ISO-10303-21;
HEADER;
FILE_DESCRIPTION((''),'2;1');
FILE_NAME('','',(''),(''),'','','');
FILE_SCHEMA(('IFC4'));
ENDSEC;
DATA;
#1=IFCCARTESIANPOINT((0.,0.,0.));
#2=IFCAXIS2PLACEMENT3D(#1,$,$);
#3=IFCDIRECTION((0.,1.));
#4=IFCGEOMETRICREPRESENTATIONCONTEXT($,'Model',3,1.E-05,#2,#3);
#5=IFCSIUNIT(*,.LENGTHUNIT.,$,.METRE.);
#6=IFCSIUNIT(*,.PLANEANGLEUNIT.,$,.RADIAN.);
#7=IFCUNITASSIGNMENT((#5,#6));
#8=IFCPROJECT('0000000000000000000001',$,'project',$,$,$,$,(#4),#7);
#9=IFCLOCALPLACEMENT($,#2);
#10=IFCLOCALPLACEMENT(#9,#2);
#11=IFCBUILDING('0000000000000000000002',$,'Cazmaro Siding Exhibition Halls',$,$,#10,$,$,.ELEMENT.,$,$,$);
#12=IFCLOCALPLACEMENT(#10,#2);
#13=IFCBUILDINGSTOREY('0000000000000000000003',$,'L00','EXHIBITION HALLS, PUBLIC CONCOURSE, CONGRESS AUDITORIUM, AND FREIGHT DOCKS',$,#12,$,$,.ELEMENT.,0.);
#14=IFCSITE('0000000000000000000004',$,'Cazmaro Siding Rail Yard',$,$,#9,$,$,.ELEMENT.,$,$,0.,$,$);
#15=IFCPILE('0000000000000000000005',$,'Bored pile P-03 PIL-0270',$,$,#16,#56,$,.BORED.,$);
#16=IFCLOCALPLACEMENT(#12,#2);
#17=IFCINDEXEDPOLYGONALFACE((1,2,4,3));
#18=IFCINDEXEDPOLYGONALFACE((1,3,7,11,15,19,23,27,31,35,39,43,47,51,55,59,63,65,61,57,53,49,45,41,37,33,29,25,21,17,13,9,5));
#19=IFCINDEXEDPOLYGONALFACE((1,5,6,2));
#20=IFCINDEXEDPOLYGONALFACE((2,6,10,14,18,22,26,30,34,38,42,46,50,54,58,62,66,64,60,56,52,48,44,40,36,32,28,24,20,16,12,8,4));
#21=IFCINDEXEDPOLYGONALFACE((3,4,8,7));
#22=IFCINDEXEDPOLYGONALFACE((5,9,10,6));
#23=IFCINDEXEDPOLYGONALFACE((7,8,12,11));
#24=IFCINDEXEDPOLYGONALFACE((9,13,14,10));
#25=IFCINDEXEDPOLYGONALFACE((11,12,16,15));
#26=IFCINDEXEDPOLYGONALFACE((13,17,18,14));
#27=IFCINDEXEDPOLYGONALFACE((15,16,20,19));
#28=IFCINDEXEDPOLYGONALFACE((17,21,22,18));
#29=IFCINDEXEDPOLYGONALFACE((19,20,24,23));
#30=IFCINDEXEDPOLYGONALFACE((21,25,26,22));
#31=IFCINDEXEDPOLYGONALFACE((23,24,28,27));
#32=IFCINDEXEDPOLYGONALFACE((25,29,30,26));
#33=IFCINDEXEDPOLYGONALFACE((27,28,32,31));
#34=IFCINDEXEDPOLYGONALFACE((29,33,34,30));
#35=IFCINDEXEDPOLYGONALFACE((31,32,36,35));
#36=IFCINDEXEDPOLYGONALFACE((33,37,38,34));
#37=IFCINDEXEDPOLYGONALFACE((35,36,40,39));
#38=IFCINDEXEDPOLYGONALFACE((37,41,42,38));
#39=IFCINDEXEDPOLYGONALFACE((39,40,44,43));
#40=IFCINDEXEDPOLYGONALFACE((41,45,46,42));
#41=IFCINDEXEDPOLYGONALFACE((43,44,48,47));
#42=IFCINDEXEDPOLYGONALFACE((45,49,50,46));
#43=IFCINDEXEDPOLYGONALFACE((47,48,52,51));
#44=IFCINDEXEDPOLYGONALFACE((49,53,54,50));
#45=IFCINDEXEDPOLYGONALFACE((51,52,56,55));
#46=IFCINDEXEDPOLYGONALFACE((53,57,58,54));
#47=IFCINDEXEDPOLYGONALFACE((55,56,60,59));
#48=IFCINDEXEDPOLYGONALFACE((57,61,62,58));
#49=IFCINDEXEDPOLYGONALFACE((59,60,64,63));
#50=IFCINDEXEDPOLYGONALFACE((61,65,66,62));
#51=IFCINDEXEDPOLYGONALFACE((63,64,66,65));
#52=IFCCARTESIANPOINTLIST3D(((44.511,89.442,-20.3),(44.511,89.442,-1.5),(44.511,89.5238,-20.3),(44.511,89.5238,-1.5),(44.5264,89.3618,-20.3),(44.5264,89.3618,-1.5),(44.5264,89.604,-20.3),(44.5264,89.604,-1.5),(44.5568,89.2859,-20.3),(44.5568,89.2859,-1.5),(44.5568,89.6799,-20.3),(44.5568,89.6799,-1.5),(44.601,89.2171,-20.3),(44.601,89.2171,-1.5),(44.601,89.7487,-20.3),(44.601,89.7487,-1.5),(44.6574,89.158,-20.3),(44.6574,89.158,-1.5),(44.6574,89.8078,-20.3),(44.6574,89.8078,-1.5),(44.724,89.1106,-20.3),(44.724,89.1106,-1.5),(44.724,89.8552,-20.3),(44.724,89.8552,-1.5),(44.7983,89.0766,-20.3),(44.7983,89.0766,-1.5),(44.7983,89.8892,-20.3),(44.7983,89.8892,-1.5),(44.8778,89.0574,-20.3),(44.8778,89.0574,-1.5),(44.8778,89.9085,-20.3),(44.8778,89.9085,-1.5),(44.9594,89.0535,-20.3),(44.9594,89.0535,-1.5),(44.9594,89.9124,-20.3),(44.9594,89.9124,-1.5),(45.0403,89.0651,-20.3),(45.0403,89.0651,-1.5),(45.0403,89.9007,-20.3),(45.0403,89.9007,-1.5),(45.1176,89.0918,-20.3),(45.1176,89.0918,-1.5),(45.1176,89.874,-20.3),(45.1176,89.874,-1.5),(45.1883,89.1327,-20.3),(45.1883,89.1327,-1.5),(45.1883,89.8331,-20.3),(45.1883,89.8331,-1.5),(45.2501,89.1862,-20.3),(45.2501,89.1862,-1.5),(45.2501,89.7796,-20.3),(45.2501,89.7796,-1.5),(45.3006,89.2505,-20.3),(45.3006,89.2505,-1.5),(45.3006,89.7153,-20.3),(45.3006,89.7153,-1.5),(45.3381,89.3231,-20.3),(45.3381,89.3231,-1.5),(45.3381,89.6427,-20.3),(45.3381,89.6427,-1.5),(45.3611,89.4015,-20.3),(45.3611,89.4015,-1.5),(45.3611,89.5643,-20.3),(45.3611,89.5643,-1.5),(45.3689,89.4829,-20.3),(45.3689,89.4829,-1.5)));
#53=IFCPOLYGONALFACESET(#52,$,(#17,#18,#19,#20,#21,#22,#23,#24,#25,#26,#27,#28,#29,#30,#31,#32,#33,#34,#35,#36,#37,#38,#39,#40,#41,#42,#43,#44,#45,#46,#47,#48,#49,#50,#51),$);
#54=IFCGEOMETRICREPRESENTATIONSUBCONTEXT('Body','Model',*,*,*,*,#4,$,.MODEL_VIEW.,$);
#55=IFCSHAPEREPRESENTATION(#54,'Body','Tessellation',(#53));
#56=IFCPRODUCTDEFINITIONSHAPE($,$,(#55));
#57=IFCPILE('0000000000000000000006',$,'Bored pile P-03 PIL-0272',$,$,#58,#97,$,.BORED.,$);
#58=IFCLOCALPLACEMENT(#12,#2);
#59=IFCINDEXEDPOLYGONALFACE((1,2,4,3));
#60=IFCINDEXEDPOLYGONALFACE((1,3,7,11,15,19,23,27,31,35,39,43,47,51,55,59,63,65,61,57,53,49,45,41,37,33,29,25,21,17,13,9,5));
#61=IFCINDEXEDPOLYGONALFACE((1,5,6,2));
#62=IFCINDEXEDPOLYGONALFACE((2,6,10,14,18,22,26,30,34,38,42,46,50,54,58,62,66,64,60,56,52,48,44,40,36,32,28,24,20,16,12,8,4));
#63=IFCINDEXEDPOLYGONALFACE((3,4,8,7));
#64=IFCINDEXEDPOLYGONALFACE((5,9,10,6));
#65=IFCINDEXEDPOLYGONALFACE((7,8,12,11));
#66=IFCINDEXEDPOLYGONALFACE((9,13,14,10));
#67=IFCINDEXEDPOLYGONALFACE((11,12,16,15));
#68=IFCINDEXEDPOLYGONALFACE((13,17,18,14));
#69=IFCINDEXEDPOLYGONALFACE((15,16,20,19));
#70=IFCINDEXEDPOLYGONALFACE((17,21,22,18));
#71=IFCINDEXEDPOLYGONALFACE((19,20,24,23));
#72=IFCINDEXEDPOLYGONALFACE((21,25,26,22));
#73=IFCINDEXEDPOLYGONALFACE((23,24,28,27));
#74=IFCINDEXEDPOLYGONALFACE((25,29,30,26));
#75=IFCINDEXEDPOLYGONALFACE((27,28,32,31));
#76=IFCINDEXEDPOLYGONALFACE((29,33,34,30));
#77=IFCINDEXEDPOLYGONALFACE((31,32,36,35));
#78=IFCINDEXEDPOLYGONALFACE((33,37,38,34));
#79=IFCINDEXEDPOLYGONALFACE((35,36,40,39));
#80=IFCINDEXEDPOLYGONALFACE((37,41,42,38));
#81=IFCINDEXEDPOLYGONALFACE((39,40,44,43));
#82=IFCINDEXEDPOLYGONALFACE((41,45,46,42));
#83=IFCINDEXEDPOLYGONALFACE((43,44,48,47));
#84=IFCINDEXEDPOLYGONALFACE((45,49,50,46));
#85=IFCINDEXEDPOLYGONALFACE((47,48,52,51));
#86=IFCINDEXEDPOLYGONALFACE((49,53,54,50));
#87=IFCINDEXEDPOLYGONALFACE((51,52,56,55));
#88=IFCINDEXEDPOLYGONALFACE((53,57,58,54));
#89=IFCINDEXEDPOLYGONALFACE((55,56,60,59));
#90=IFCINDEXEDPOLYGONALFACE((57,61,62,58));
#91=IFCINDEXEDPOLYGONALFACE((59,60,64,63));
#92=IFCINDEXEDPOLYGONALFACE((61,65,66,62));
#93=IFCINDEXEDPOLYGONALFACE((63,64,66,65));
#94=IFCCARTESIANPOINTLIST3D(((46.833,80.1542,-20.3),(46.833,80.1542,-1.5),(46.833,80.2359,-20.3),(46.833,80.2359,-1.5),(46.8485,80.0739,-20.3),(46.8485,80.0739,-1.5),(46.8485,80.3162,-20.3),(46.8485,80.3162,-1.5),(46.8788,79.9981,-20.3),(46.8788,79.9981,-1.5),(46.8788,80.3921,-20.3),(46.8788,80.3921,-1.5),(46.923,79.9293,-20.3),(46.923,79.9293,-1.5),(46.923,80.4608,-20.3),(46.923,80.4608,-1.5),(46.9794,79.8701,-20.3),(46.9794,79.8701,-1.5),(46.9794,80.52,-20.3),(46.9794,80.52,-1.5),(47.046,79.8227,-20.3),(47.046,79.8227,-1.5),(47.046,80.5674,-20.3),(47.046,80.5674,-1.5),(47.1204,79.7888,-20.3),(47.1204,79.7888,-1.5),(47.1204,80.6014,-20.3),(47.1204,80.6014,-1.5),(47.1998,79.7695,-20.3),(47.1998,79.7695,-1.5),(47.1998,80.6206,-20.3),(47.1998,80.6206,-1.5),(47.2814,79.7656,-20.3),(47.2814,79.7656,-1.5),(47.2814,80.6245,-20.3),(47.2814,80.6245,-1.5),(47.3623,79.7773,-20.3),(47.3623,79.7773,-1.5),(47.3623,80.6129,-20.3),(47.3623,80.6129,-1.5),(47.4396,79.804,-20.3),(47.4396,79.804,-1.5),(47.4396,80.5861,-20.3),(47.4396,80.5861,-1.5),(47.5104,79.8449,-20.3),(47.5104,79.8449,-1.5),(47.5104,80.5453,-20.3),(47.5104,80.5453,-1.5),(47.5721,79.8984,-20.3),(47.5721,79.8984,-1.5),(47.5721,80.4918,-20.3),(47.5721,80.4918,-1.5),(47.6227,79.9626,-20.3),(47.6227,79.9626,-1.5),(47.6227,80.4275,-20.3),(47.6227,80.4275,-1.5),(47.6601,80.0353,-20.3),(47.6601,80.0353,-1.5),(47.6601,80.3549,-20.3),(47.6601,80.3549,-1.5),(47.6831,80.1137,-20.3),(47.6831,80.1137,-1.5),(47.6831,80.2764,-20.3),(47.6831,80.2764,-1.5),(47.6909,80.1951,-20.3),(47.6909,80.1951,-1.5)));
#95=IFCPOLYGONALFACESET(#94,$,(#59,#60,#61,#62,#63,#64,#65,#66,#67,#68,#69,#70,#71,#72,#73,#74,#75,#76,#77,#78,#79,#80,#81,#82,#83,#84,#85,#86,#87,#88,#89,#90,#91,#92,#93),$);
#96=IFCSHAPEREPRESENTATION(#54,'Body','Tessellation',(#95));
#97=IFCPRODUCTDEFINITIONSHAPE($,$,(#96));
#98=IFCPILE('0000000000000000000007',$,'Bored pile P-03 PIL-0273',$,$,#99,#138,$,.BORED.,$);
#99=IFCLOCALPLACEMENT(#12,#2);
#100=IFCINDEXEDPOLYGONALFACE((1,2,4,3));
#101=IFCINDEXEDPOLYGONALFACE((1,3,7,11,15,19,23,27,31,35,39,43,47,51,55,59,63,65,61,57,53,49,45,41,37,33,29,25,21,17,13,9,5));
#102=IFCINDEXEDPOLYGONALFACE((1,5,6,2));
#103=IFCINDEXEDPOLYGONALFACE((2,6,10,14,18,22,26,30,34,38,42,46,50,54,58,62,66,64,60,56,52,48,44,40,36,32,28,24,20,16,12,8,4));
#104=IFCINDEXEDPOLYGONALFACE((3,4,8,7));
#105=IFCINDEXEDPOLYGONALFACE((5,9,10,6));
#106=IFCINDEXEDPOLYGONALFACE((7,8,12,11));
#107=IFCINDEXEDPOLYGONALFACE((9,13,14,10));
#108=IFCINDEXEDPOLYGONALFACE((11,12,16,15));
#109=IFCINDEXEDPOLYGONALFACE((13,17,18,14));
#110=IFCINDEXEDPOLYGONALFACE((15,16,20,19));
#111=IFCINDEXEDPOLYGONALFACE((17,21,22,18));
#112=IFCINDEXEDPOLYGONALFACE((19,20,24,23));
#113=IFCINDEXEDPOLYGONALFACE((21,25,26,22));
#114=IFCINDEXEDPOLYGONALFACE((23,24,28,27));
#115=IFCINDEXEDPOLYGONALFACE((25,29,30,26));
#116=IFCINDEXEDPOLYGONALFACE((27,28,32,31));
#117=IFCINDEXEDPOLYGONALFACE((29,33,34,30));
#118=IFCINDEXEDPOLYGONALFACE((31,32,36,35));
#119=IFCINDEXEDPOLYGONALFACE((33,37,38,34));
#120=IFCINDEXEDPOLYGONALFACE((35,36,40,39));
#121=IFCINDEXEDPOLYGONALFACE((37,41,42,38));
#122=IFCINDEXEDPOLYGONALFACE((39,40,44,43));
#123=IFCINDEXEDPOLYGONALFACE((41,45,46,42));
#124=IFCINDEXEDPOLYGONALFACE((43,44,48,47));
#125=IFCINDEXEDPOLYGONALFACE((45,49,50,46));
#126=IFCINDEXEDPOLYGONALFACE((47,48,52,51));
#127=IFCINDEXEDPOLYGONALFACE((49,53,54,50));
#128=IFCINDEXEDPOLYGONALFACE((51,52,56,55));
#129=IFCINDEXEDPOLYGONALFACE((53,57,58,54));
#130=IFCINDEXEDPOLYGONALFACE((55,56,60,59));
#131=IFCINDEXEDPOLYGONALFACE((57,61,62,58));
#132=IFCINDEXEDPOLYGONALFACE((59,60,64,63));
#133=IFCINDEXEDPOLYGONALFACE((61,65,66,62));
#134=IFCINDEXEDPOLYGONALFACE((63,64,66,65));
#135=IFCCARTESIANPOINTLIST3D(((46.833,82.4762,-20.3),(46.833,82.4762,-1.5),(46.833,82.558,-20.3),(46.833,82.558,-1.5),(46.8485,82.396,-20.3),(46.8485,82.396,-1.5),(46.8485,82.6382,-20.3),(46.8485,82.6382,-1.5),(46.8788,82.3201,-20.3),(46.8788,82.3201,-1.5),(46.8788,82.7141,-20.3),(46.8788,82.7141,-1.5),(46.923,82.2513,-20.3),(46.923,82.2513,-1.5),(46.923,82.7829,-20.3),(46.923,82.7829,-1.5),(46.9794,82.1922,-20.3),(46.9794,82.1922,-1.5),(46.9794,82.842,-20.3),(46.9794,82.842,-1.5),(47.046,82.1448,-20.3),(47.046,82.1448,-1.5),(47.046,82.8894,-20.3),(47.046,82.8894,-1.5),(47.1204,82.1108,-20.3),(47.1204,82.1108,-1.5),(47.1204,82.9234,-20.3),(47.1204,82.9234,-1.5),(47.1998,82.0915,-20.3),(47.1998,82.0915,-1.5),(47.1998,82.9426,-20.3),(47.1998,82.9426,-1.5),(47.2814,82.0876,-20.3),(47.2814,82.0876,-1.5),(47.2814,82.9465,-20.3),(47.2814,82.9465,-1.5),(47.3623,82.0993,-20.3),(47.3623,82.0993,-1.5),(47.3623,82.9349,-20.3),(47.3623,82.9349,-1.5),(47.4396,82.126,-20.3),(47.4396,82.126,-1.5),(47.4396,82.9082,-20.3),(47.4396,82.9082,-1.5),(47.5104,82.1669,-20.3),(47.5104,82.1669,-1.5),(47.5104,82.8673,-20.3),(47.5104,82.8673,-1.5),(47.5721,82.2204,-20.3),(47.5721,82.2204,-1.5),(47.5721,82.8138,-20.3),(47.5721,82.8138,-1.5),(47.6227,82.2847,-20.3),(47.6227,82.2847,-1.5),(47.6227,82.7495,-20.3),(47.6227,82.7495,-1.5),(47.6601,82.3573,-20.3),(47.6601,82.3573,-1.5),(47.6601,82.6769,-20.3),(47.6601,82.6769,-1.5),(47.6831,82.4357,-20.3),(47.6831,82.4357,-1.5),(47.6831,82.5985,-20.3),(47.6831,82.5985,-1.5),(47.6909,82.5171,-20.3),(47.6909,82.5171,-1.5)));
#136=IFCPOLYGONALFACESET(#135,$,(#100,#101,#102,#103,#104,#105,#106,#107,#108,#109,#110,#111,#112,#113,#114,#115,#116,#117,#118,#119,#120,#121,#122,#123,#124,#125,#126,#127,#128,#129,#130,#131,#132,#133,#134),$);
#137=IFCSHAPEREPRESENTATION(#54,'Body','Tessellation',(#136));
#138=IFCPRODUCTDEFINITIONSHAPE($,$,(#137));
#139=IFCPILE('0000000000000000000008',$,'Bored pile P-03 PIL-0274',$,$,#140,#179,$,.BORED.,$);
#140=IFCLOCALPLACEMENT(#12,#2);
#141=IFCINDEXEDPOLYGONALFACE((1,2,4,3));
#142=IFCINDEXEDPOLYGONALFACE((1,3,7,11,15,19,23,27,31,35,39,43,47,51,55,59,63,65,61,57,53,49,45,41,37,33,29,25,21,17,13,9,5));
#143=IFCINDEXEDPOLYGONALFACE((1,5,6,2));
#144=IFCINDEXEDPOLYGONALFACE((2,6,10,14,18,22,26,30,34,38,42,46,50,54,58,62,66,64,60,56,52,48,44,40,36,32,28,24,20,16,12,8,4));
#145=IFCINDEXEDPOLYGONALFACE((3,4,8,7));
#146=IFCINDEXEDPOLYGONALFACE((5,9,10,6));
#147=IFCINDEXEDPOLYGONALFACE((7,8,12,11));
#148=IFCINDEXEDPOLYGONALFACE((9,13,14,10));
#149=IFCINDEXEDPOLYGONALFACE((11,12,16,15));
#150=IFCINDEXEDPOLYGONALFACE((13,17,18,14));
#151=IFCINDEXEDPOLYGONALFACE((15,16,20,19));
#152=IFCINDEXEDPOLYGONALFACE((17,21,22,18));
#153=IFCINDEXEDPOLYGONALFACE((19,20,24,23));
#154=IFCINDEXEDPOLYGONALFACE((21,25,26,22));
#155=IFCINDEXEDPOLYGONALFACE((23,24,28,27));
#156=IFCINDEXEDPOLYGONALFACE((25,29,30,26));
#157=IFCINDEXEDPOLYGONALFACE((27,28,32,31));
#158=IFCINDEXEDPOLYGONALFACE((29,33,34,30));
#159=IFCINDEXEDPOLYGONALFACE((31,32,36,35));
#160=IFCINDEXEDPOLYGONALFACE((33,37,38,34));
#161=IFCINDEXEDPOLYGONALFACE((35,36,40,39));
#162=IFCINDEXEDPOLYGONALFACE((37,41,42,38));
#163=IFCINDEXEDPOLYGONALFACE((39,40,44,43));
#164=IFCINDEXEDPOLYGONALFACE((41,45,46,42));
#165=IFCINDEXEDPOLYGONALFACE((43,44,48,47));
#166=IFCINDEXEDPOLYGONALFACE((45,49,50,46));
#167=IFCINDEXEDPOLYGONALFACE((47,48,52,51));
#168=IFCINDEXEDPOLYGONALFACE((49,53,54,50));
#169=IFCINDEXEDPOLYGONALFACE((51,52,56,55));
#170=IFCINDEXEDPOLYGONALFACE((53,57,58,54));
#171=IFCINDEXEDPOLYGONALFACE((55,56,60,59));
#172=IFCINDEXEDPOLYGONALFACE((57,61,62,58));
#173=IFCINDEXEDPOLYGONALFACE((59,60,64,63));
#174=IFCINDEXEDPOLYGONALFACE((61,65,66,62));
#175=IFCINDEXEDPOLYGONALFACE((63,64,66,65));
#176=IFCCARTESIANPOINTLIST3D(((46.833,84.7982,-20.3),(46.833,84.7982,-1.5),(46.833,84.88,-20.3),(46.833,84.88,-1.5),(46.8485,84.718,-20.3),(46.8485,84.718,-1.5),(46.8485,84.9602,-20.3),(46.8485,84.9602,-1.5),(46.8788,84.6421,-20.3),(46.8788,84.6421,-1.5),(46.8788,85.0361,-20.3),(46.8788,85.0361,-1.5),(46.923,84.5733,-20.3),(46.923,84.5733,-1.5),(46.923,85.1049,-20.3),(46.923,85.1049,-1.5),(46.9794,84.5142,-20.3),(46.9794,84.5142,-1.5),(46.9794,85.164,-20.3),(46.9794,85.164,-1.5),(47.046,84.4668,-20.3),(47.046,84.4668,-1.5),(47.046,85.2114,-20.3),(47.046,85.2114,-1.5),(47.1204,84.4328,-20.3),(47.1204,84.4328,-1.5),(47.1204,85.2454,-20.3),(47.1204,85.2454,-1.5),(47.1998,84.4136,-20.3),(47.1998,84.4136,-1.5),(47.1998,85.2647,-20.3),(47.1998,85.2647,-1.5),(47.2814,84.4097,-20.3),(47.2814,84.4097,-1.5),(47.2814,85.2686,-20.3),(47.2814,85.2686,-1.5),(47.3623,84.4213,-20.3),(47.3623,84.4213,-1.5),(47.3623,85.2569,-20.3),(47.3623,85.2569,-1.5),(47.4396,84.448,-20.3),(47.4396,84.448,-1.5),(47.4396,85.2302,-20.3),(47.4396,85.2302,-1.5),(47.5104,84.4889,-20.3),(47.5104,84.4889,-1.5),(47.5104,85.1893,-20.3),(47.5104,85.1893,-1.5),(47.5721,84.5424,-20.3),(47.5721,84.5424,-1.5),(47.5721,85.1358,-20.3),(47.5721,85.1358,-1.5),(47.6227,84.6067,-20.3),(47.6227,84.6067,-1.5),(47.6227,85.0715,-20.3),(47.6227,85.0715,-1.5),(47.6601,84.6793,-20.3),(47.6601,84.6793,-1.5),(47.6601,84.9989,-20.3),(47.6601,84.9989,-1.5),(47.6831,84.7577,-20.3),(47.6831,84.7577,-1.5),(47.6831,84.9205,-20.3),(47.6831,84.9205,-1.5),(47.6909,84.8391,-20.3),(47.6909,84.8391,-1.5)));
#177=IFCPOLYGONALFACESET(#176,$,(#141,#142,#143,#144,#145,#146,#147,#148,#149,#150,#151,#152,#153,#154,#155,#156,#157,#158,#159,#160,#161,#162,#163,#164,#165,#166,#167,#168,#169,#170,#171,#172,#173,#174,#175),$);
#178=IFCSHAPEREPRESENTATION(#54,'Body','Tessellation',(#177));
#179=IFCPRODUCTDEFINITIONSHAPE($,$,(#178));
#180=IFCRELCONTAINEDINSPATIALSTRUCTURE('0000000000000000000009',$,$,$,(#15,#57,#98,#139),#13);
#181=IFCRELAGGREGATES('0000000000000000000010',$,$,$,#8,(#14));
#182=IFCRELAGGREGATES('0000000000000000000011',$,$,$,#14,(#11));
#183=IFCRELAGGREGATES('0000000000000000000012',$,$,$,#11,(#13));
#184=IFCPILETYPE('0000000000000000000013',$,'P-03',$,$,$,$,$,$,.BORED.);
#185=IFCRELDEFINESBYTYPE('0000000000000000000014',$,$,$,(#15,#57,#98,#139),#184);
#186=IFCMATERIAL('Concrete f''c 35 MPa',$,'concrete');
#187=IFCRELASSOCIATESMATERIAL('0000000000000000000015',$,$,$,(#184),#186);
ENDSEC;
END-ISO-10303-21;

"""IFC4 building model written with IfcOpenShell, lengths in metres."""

from ifc_helpers import new_model, si_unit, direction, frame, origin, origin_2d, place, context, subcontext, project, spatial, circle, extrude, material, material_profile, profile_set, type_object, element, save


model = new_model("IFC4")

# Units and contexts
model_context = context("Model", 3, precision=1e-05, world=origin(), true_north=direction((0.0, 1.0)))
body_context = subcontext(model_context, "Body", "Model", "MODEL_VIEW")
ifc_project = project(units=[si_unit("LENGTHUNIT", "METRE"), si_unit("PLANEANGLEUNIT", "RADIAN")], contexts=[model_context])

# Site, building, storey
site_placement = place(None, origin())
site = spatial("IfcSite", under=ifc_project, at=site_placement, Name="Cazmaro Siding Rail Yard", CompositionType="ELEMENT", RefElevation=0.0)
building_placement = place(site_placement, origin())
building = spatial("IfcBuilding", under=site, at=building_placement, Name="Cazmaro Siding Exhibition Halls", CompositionType="ELEMENT")
storey_placement = place(building_placement, origin())
storey = spatial("IfcBuildingStorey", under=building, at=storey_placement, Name="L00", Description="EXHIBITION HALLS, PUBLIC CONCOURSE, CONGRESS AUDITORIUM, AND FREIGHT DOCKS", CompositionType="ELEMENT", Elevation=0.0)

# Piles
ifc_material_1 = material(Name="Concrete f'c 35 MPa", Category="concrete")
ifc_material_profile_1 = material_profile(ifc_material_1, circle(Radius=0.4299, at=origin_2d()), Name="CIDH-860")
ifc_profile_set_1 = profile_set([ifc_material_profile_1], Name="Concrete f'c 35 MPa")
pile_type_1 = type_object("IfcPileType", Name="P-03", PredefinedType="BORED", material=ifc_profile_set_1)
for number, where, z_axis, x_axis, name in (
    (1, (44.939, 89.4829, -1.5), (0.0, 0.0, -1.0), (1.0, 0.0, 0.0), "Bored pile P-03 PIL-0270"),
    (2, (47.261, 80.1951, -1.5), (0.0, 0.0, -1.0), (1.0, 0.0, 0.0), "Bored pile P-03 PIL-0272"),
    (3, (47.261, 82.5171, -1.5), (0.0, 0.0, -1.0), (1.0, 0.0, 0.0), "Bored pile P-03 PIL-0273"),
    (4, (47.261, 84.8391, -1.5), (0.0, 0.0, -1.0), (1.0, 0.0, 0.0), "Bored pile P-03 PIL-0274"),
):
    element("IfcPile", number, at=place(storey_placement, frame(where, z_axis=z_axis, x_axis=x_axis)), inside=storey, type_object=pile_type_1, Name=name, PredefinedType="BORED", context=body_context, shape_type="SweptSolid", body=[
        extrude(circle(Radius=0.4299, at=origin_2d()), origin(), (0.0, 0.0, 1.0), 18.8),
    ])

save(model, "model.ifc")
